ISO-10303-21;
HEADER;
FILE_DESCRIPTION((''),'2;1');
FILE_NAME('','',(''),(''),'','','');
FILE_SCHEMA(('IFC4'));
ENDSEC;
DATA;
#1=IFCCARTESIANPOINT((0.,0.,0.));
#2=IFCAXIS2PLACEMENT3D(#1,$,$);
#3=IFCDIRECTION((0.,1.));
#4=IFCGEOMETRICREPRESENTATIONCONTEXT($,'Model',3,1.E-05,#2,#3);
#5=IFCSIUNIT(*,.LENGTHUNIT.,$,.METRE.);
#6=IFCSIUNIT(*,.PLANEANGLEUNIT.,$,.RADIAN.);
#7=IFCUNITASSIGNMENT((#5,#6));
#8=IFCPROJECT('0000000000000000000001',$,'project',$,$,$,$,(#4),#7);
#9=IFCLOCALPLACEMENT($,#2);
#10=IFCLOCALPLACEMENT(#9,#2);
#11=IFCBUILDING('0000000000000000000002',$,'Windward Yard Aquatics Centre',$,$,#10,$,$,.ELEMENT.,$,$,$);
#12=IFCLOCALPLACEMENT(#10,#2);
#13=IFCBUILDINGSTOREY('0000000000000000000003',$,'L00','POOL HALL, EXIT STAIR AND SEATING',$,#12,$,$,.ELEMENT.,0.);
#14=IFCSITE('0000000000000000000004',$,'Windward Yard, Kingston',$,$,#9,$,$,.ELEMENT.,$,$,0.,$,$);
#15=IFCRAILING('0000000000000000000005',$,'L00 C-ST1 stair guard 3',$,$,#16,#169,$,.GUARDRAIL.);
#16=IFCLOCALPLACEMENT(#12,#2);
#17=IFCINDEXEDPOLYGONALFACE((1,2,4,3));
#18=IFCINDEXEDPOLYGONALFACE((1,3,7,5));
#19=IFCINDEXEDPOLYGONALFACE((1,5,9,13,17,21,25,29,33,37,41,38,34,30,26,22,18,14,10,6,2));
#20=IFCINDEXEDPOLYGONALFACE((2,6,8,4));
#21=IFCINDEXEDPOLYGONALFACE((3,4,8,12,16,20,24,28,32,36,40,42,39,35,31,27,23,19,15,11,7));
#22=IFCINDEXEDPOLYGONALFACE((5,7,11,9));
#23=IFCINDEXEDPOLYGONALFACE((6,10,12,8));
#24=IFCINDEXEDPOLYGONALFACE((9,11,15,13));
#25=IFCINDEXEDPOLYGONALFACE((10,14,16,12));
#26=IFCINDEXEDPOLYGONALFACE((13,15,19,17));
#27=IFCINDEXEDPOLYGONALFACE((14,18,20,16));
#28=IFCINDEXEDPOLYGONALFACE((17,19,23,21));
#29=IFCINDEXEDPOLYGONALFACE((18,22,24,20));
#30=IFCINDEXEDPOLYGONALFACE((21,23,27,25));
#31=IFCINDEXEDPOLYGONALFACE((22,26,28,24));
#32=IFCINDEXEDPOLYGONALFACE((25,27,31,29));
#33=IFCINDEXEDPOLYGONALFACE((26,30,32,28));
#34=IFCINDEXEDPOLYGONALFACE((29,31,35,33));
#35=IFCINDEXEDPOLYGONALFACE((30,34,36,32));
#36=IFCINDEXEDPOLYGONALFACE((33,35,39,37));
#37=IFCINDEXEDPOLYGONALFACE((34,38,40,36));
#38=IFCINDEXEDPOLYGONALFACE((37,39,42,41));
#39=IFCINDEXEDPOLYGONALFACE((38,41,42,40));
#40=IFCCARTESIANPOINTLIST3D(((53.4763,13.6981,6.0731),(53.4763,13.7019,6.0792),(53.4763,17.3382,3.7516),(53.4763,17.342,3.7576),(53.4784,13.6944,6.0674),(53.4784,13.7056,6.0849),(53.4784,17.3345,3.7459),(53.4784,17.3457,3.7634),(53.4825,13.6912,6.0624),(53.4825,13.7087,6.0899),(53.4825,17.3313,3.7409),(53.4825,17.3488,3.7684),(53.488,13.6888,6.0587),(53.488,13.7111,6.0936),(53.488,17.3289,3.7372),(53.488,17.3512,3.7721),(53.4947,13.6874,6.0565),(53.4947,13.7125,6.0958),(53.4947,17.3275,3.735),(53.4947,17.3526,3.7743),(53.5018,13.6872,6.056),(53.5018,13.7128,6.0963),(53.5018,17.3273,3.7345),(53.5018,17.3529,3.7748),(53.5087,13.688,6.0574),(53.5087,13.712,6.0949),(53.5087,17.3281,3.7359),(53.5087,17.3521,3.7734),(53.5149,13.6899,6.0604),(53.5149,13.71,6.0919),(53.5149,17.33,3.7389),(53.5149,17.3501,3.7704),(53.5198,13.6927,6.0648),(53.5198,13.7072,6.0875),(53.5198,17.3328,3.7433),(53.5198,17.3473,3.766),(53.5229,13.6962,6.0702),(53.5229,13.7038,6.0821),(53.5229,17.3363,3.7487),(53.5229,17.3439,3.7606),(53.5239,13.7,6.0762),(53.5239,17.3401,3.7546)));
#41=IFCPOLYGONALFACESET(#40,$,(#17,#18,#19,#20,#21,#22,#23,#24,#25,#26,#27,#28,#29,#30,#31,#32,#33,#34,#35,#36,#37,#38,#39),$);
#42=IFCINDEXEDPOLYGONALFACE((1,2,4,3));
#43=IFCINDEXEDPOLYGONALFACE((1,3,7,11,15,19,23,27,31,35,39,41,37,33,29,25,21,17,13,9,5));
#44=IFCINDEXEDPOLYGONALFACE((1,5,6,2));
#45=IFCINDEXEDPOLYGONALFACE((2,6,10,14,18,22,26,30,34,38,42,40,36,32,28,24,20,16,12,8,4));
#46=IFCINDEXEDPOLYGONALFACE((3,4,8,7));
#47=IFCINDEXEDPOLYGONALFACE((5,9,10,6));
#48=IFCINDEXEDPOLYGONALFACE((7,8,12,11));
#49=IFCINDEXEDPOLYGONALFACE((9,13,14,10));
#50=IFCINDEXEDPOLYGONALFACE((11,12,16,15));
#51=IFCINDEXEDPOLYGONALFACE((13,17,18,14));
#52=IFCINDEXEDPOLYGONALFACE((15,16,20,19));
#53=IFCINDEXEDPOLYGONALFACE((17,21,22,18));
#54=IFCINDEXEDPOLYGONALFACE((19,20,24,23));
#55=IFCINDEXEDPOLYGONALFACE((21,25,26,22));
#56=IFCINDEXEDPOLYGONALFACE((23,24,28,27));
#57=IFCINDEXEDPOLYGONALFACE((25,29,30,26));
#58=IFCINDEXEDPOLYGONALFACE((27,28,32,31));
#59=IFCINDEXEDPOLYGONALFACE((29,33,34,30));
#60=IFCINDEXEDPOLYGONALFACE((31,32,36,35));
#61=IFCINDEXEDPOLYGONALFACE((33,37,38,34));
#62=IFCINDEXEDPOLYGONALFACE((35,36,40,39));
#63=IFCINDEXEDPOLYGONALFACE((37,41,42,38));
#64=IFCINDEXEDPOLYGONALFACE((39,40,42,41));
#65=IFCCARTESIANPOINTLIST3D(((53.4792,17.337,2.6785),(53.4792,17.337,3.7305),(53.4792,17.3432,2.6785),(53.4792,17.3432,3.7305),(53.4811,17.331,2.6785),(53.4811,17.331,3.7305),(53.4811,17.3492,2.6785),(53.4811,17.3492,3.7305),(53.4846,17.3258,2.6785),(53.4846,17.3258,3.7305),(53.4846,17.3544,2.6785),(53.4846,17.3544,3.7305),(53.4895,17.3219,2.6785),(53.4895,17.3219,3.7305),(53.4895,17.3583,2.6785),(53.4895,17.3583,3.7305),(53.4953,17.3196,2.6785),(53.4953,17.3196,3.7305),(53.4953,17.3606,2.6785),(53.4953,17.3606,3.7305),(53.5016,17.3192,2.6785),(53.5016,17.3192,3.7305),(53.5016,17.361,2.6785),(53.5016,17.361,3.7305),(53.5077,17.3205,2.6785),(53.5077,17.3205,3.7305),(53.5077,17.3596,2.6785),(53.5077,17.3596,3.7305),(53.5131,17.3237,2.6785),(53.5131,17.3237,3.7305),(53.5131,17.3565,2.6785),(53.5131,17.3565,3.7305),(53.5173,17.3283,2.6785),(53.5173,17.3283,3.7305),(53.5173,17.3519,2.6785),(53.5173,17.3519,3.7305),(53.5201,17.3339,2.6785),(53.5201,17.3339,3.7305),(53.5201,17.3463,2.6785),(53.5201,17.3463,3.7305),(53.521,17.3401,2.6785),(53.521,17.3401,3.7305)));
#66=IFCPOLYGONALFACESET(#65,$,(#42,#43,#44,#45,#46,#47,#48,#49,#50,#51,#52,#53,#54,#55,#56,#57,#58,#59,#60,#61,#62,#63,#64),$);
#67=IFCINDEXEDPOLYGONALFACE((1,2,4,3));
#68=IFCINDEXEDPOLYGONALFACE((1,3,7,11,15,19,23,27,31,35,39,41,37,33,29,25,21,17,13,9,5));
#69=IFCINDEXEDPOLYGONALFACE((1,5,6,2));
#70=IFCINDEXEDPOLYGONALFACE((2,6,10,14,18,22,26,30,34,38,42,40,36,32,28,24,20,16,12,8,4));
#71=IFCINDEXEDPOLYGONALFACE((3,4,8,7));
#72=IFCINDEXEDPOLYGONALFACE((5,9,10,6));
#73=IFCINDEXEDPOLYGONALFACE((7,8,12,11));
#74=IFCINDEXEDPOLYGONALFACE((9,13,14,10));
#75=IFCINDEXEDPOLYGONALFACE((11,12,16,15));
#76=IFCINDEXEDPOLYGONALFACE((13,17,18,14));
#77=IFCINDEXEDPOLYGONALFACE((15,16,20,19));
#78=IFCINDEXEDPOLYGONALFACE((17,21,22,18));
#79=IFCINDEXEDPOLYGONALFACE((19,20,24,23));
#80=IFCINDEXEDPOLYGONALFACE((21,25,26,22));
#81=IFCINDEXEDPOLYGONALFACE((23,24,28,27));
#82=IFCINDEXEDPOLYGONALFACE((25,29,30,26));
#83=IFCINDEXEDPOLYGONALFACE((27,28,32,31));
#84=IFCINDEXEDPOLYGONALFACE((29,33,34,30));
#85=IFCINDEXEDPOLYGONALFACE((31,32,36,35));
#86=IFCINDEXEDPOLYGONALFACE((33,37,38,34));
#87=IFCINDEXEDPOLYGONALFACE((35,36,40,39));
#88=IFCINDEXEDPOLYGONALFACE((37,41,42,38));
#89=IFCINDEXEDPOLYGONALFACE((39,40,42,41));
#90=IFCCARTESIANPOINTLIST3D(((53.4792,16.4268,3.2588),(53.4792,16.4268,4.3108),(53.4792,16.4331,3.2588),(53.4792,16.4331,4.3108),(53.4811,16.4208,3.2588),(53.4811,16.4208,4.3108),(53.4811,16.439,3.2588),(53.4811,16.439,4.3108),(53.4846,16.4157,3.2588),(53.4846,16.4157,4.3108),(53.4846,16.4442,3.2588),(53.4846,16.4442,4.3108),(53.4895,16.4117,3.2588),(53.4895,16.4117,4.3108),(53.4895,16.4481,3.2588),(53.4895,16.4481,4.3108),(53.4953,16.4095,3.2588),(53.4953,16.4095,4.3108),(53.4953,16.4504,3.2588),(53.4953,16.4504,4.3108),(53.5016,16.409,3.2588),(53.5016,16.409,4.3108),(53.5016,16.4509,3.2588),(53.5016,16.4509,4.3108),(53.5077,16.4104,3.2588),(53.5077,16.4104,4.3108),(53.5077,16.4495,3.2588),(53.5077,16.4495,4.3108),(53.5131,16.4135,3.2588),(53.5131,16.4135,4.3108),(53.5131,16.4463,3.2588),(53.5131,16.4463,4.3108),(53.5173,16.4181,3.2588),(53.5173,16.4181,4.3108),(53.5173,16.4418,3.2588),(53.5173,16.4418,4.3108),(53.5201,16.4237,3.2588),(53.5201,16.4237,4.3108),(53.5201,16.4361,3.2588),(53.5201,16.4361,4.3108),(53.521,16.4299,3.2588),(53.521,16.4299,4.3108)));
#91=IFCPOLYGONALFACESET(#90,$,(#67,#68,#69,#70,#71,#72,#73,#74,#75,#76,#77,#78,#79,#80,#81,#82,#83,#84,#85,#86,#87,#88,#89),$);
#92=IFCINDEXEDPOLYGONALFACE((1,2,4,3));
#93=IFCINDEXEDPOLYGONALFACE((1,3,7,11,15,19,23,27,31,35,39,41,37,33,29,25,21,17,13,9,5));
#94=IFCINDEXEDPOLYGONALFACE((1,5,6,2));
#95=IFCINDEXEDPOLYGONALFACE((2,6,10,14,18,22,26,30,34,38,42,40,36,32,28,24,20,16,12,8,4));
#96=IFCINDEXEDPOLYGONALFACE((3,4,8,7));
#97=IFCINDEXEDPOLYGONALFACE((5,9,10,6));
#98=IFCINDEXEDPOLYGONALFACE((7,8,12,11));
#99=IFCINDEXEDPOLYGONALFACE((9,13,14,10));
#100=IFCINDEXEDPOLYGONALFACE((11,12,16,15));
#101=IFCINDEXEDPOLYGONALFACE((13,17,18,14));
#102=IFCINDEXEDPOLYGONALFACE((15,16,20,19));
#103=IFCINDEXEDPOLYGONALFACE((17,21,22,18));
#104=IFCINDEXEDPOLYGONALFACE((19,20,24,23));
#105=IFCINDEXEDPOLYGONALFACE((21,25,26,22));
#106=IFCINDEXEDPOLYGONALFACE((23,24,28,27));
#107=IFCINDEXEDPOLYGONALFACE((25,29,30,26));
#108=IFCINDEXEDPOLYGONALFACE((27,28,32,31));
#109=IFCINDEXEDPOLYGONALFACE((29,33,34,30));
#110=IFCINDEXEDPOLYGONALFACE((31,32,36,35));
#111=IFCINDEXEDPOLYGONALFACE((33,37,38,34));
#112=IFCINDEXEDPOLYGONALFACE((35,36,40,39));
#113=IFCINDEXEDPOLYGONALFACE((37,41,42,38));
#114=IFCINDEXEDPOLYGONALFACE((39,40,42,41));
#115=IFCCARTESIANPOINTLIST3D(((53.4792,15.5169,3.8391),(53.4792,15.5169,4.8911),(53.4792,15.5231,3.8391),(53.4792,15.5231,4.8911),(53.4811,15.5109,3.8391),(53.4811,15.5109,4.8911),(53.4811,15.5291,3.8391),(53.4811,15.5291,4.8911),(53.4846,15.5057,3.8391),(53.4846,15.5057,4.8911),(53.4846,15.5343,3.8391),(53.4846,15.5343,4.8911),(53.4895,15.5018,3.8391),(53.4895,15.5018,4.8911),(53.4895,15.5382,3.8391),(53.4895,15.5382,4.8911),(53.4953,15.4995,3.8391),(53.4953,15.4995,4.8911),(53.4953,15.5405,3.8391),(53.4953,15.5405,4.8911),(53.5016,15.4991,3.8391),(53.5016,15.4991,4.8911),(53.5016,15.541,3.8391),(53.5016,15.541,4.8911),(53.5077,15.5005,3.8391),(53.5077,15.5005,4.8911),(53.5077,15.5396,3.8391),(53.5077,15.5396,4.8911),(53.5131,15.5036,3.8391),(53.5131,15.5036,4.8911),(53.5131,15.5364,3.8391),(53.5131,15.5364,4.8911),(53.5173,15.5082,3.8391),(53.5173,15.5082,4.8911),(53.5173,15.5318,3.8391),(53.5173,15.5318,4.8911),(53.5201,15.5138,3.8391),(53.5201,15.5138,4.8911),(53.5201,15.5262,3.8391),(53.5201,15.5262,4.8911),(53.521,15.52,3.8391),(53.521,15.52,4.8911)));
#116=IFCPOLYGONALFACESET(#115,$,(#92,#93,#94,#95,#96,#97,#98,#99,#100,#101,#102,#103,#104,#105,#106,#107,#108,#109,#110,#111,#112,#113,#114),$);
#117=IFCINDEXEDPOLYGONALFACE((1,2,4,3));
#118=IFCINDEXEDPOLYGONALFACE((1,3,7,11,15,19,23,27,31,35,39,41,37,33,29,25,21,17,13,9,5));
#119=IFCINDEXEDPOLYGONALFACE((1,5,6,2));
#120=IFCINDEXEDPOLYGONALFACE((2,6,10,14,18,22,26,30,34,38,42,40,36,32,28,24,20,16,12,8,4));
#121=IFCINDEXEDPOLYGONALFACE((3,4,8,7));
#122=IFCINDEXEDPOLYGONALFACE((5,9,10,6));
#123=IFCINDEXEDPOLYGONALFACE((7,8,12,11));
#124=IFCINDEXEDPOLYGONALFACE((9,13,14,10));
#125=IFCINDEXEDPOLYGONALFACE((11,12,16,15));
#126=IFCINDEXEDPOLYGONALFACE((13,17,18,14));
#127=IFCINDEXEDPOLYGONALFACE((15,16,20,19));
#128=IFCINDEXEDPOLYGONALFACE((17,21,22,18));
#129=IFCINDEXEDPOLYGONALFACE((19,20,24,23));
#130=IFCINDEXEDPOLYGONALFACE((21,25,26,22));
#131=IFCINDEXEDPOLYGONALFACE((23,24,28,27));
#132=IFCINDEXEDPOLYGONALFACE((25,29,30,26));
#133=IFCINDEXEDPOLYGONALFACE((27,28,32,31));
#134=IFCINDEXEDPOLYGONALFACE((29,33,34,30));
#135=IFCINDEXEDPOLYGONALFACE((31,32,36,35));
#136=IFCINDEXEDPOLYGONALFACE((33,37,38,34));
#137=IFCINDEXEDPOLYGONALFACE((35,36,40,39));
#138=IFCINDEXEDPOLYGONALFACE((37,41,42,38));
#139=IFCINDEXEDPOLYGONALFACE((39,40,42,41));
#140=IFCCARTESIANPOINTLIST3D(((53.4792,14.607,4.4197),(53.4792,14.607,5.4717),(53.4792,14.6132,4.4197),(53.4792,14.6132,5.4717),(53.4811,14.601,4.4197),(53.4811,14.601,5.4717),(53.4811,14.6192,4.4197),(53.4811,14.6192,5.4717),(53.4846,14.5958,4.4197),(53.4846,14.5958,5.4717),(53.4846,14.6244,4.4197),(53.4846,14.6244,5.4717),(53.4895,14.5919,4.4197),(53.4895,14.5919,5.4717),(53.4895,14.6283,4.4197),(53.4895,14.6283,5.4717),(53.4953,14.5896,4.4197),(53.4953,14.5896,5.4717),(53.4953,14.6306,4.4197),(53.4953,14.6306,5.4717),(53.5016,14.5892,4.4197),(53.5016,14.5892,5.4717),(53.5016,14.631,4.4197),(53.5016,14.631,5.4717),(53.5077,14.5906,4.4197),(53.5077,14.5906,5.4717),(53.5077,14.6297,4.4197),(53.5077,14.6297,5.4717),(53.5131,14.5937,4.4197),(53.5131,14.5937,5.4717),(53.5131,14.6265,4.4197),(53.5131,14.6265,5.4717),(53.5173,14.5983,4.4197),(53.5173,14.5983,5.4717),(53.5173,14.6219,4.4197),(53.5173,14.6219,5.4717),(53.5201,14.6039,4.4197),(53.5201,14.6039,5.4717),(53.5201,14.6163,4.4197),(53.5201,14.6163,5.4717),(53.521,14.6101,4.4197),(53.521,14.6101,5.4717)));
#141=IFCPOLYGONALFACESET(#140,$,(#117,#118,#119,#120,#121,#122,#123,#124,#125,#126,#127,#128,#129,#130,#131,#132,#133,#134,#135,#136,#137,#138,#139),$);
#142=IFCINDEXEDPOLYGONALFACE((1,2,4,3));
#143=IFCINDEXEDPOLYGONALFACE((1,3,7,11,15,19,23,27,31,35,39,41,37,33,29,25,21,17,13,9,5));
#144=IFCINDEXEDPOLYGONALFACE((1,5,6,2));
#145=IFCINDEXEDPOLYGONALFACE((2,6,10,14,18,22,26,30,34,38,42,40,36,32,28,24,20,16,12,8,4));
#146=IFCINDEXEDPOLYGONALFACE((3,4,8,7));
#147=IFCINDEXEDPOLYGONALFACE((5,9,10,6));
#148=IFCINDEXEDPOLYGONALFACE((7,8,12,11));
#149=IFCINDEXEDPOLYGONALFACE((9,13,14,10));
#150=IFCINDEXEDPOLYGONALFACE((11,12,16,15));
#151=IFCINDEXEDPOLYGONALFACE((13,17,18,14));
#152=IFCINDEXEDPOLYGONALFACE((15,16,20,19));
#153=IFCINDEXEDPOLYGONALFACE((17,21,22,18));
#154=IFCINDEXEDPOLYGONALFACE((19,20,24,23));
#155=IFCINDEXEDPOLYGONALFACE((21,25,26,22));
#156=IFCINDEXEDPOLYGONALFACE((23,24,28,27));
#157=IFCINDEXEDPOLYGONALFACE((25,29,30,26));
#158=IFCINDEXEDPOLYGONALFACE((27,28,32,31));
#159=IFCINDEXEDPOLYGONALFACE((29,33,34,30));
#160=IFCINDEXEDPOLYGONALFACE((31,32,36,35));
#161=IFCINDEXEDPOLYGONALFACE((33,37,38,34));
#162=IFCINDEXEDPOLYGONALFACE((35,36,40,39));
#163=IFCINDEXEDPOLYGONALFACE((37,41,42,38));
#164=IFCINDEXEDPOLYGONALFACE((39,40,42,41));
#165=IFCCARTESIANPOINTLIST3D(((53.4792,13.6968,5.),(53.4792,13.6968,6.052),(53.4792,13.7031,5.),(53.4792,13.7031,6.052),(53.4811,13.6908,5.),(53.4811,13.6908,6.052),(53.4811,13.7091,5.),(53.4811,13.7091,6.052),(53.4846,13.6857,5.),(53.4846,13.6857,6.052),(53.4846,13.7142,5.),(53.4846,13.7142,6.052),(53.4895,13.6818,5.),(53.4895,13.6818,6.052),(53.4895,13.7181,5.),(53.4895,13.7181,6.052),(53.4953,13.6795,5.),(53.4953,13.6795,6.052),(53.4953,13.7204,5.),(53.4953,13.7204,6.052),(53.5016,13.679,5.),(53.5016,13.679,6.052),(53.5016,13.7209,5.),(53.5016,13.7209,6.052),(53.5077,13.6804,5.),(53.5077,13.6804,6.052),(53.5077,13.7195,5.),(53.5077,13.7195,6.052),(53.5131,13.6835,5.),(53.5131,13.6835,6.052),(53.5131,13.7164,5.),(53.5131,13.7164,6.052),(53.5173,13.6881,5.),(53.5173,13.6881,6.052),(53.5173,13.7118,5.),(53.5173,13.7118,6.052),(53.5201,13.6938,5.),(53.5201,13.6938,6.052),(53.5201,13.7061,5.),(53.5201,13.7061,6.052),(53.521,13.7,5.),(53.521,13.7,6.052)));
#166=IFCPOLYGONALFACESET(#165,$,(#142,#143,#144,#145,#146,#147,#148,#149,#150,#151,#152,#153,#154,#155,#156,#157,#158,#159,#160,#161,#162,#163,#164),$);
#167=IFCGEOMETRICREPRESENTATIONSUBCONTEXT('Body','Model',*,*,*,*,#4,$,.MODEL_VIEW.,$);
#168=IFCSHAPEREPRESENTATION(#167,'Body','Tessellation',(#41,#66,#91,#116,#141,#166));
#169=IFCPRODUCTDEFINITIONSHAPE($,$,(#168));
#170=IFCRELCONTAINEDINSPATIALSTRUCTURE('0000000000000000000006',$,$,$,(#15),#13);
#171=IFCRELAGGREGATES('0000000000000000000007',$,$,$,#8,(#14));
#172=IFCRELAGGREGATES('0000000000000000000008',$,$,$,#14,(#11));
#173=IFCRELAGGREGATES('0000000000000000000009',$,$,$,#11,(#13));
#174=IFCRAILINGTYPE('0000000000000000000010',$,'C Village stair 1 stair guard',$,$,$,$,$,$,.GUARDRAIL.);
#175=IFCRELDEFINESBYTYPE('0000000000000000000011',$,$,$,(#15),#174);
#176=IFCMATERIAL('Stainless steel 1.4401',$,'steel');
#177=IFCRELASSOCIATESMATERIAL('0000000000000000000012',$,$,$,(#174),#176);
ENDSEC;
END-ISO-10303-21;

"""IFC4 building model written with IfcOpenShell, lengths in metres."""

from ifc_helpers import new_model, si_unit, direction, frame, origin, origin_2d, place, context, subcontext, project, spatial, circle, extrude, material, type_object, element, save


model = new_model("IFC4")

# Units and contexts
model_context = context("Model", 3, precision=1e-05, world=origin(), true_north=direction((0.0, 1.0)))
body_context = subcontext(model_context, "Body", "Model", "MODEL_VIEW")
ifc_project = project(units=[si_unit("LENGTHUNIT", "METRE"), si_unit("PLANEANGLEUNIT", "RADIAN")], contexts=[model_context])

# Site, building, storey
site_placement = place(None, origin())
site = spatial("IfcSite", under=ifc_project, at=site_placement, Name="Windward Yard, Kingston", CompositionType="ELEMENT", RefElevation=0.0)
building_placement = place(site_placement, origin())
building = spatial("IfcBuilding", under=site, at=building_placement, Name="Windward Yard Aquatics Centre", CompositionType="ELEMENT")
storey_placement = place(building_placement, origin())
storey = spatial("IfcBuildingStorey", under=building, at=storey_placement, Name="L00", Description="POOL HALL, EXIT STAIR AND SEATING", CompositionType="ELEMENT", Elevation=0.0)

# Railing
ifc_material_1 = material(Name="Stainless steel 1.4401", Category="steel")
railing_type_1 = type_object("IfcRailingType", Name="C Village stair 1 stair guard", PredefinedType="GUARDRAIL", material=ifc_material_1)
railing_1_placement = place(storey_placement, frame((53.5, 17.3401, 2.6785)))
element("IfcRailing", 1, at=railing_1_placement, inside=storey, type_object=railing_type_1, Name="L00 C-ST1 stair guard 3", PredefinedType="GUARDRAIL", context=body_context, shape_type="SweptSolid", body=[
    extrude(circle(Radius=0.0239, at=origin_2d()), frame((0.0, 0.0, 1.0762), z_axis=(0.0, -0.843128, 0.537713), x_axis=(1.0, 0.0, 0.0)), (0.0, 0.0, 1.0), 4.3174),
    extrude(circle(Radius=0.021, at=origin_2d()), origin(), (0.0, 0.0, 1.0), 1.052),
    extrude(circle(Radius=0.021, at=origin_2d()), frame((0.0, -0.9102, 0.5803)), (0.0, 0.0, 1.0), 1.052),
    extrude(circle(Radius=0.021, at=origin_2d()), frame((0.0, -1.8201, 1.1606)), (0.0, 0.0, 1.0), 1.052),
    extrude(circle(Radius=0.021, at=origin_2d()), frame((0.0, -2.73, 1.7412)), (0.0, 0.0, 1.0), 1.052),
    extrude(circle(Radius=0.021, at=origin_2d()), frame((0.0, -3.6401, 2.3215)), (0.0, 0.0, 1.0), 1.052),
])

save(model, "model.ifc")
